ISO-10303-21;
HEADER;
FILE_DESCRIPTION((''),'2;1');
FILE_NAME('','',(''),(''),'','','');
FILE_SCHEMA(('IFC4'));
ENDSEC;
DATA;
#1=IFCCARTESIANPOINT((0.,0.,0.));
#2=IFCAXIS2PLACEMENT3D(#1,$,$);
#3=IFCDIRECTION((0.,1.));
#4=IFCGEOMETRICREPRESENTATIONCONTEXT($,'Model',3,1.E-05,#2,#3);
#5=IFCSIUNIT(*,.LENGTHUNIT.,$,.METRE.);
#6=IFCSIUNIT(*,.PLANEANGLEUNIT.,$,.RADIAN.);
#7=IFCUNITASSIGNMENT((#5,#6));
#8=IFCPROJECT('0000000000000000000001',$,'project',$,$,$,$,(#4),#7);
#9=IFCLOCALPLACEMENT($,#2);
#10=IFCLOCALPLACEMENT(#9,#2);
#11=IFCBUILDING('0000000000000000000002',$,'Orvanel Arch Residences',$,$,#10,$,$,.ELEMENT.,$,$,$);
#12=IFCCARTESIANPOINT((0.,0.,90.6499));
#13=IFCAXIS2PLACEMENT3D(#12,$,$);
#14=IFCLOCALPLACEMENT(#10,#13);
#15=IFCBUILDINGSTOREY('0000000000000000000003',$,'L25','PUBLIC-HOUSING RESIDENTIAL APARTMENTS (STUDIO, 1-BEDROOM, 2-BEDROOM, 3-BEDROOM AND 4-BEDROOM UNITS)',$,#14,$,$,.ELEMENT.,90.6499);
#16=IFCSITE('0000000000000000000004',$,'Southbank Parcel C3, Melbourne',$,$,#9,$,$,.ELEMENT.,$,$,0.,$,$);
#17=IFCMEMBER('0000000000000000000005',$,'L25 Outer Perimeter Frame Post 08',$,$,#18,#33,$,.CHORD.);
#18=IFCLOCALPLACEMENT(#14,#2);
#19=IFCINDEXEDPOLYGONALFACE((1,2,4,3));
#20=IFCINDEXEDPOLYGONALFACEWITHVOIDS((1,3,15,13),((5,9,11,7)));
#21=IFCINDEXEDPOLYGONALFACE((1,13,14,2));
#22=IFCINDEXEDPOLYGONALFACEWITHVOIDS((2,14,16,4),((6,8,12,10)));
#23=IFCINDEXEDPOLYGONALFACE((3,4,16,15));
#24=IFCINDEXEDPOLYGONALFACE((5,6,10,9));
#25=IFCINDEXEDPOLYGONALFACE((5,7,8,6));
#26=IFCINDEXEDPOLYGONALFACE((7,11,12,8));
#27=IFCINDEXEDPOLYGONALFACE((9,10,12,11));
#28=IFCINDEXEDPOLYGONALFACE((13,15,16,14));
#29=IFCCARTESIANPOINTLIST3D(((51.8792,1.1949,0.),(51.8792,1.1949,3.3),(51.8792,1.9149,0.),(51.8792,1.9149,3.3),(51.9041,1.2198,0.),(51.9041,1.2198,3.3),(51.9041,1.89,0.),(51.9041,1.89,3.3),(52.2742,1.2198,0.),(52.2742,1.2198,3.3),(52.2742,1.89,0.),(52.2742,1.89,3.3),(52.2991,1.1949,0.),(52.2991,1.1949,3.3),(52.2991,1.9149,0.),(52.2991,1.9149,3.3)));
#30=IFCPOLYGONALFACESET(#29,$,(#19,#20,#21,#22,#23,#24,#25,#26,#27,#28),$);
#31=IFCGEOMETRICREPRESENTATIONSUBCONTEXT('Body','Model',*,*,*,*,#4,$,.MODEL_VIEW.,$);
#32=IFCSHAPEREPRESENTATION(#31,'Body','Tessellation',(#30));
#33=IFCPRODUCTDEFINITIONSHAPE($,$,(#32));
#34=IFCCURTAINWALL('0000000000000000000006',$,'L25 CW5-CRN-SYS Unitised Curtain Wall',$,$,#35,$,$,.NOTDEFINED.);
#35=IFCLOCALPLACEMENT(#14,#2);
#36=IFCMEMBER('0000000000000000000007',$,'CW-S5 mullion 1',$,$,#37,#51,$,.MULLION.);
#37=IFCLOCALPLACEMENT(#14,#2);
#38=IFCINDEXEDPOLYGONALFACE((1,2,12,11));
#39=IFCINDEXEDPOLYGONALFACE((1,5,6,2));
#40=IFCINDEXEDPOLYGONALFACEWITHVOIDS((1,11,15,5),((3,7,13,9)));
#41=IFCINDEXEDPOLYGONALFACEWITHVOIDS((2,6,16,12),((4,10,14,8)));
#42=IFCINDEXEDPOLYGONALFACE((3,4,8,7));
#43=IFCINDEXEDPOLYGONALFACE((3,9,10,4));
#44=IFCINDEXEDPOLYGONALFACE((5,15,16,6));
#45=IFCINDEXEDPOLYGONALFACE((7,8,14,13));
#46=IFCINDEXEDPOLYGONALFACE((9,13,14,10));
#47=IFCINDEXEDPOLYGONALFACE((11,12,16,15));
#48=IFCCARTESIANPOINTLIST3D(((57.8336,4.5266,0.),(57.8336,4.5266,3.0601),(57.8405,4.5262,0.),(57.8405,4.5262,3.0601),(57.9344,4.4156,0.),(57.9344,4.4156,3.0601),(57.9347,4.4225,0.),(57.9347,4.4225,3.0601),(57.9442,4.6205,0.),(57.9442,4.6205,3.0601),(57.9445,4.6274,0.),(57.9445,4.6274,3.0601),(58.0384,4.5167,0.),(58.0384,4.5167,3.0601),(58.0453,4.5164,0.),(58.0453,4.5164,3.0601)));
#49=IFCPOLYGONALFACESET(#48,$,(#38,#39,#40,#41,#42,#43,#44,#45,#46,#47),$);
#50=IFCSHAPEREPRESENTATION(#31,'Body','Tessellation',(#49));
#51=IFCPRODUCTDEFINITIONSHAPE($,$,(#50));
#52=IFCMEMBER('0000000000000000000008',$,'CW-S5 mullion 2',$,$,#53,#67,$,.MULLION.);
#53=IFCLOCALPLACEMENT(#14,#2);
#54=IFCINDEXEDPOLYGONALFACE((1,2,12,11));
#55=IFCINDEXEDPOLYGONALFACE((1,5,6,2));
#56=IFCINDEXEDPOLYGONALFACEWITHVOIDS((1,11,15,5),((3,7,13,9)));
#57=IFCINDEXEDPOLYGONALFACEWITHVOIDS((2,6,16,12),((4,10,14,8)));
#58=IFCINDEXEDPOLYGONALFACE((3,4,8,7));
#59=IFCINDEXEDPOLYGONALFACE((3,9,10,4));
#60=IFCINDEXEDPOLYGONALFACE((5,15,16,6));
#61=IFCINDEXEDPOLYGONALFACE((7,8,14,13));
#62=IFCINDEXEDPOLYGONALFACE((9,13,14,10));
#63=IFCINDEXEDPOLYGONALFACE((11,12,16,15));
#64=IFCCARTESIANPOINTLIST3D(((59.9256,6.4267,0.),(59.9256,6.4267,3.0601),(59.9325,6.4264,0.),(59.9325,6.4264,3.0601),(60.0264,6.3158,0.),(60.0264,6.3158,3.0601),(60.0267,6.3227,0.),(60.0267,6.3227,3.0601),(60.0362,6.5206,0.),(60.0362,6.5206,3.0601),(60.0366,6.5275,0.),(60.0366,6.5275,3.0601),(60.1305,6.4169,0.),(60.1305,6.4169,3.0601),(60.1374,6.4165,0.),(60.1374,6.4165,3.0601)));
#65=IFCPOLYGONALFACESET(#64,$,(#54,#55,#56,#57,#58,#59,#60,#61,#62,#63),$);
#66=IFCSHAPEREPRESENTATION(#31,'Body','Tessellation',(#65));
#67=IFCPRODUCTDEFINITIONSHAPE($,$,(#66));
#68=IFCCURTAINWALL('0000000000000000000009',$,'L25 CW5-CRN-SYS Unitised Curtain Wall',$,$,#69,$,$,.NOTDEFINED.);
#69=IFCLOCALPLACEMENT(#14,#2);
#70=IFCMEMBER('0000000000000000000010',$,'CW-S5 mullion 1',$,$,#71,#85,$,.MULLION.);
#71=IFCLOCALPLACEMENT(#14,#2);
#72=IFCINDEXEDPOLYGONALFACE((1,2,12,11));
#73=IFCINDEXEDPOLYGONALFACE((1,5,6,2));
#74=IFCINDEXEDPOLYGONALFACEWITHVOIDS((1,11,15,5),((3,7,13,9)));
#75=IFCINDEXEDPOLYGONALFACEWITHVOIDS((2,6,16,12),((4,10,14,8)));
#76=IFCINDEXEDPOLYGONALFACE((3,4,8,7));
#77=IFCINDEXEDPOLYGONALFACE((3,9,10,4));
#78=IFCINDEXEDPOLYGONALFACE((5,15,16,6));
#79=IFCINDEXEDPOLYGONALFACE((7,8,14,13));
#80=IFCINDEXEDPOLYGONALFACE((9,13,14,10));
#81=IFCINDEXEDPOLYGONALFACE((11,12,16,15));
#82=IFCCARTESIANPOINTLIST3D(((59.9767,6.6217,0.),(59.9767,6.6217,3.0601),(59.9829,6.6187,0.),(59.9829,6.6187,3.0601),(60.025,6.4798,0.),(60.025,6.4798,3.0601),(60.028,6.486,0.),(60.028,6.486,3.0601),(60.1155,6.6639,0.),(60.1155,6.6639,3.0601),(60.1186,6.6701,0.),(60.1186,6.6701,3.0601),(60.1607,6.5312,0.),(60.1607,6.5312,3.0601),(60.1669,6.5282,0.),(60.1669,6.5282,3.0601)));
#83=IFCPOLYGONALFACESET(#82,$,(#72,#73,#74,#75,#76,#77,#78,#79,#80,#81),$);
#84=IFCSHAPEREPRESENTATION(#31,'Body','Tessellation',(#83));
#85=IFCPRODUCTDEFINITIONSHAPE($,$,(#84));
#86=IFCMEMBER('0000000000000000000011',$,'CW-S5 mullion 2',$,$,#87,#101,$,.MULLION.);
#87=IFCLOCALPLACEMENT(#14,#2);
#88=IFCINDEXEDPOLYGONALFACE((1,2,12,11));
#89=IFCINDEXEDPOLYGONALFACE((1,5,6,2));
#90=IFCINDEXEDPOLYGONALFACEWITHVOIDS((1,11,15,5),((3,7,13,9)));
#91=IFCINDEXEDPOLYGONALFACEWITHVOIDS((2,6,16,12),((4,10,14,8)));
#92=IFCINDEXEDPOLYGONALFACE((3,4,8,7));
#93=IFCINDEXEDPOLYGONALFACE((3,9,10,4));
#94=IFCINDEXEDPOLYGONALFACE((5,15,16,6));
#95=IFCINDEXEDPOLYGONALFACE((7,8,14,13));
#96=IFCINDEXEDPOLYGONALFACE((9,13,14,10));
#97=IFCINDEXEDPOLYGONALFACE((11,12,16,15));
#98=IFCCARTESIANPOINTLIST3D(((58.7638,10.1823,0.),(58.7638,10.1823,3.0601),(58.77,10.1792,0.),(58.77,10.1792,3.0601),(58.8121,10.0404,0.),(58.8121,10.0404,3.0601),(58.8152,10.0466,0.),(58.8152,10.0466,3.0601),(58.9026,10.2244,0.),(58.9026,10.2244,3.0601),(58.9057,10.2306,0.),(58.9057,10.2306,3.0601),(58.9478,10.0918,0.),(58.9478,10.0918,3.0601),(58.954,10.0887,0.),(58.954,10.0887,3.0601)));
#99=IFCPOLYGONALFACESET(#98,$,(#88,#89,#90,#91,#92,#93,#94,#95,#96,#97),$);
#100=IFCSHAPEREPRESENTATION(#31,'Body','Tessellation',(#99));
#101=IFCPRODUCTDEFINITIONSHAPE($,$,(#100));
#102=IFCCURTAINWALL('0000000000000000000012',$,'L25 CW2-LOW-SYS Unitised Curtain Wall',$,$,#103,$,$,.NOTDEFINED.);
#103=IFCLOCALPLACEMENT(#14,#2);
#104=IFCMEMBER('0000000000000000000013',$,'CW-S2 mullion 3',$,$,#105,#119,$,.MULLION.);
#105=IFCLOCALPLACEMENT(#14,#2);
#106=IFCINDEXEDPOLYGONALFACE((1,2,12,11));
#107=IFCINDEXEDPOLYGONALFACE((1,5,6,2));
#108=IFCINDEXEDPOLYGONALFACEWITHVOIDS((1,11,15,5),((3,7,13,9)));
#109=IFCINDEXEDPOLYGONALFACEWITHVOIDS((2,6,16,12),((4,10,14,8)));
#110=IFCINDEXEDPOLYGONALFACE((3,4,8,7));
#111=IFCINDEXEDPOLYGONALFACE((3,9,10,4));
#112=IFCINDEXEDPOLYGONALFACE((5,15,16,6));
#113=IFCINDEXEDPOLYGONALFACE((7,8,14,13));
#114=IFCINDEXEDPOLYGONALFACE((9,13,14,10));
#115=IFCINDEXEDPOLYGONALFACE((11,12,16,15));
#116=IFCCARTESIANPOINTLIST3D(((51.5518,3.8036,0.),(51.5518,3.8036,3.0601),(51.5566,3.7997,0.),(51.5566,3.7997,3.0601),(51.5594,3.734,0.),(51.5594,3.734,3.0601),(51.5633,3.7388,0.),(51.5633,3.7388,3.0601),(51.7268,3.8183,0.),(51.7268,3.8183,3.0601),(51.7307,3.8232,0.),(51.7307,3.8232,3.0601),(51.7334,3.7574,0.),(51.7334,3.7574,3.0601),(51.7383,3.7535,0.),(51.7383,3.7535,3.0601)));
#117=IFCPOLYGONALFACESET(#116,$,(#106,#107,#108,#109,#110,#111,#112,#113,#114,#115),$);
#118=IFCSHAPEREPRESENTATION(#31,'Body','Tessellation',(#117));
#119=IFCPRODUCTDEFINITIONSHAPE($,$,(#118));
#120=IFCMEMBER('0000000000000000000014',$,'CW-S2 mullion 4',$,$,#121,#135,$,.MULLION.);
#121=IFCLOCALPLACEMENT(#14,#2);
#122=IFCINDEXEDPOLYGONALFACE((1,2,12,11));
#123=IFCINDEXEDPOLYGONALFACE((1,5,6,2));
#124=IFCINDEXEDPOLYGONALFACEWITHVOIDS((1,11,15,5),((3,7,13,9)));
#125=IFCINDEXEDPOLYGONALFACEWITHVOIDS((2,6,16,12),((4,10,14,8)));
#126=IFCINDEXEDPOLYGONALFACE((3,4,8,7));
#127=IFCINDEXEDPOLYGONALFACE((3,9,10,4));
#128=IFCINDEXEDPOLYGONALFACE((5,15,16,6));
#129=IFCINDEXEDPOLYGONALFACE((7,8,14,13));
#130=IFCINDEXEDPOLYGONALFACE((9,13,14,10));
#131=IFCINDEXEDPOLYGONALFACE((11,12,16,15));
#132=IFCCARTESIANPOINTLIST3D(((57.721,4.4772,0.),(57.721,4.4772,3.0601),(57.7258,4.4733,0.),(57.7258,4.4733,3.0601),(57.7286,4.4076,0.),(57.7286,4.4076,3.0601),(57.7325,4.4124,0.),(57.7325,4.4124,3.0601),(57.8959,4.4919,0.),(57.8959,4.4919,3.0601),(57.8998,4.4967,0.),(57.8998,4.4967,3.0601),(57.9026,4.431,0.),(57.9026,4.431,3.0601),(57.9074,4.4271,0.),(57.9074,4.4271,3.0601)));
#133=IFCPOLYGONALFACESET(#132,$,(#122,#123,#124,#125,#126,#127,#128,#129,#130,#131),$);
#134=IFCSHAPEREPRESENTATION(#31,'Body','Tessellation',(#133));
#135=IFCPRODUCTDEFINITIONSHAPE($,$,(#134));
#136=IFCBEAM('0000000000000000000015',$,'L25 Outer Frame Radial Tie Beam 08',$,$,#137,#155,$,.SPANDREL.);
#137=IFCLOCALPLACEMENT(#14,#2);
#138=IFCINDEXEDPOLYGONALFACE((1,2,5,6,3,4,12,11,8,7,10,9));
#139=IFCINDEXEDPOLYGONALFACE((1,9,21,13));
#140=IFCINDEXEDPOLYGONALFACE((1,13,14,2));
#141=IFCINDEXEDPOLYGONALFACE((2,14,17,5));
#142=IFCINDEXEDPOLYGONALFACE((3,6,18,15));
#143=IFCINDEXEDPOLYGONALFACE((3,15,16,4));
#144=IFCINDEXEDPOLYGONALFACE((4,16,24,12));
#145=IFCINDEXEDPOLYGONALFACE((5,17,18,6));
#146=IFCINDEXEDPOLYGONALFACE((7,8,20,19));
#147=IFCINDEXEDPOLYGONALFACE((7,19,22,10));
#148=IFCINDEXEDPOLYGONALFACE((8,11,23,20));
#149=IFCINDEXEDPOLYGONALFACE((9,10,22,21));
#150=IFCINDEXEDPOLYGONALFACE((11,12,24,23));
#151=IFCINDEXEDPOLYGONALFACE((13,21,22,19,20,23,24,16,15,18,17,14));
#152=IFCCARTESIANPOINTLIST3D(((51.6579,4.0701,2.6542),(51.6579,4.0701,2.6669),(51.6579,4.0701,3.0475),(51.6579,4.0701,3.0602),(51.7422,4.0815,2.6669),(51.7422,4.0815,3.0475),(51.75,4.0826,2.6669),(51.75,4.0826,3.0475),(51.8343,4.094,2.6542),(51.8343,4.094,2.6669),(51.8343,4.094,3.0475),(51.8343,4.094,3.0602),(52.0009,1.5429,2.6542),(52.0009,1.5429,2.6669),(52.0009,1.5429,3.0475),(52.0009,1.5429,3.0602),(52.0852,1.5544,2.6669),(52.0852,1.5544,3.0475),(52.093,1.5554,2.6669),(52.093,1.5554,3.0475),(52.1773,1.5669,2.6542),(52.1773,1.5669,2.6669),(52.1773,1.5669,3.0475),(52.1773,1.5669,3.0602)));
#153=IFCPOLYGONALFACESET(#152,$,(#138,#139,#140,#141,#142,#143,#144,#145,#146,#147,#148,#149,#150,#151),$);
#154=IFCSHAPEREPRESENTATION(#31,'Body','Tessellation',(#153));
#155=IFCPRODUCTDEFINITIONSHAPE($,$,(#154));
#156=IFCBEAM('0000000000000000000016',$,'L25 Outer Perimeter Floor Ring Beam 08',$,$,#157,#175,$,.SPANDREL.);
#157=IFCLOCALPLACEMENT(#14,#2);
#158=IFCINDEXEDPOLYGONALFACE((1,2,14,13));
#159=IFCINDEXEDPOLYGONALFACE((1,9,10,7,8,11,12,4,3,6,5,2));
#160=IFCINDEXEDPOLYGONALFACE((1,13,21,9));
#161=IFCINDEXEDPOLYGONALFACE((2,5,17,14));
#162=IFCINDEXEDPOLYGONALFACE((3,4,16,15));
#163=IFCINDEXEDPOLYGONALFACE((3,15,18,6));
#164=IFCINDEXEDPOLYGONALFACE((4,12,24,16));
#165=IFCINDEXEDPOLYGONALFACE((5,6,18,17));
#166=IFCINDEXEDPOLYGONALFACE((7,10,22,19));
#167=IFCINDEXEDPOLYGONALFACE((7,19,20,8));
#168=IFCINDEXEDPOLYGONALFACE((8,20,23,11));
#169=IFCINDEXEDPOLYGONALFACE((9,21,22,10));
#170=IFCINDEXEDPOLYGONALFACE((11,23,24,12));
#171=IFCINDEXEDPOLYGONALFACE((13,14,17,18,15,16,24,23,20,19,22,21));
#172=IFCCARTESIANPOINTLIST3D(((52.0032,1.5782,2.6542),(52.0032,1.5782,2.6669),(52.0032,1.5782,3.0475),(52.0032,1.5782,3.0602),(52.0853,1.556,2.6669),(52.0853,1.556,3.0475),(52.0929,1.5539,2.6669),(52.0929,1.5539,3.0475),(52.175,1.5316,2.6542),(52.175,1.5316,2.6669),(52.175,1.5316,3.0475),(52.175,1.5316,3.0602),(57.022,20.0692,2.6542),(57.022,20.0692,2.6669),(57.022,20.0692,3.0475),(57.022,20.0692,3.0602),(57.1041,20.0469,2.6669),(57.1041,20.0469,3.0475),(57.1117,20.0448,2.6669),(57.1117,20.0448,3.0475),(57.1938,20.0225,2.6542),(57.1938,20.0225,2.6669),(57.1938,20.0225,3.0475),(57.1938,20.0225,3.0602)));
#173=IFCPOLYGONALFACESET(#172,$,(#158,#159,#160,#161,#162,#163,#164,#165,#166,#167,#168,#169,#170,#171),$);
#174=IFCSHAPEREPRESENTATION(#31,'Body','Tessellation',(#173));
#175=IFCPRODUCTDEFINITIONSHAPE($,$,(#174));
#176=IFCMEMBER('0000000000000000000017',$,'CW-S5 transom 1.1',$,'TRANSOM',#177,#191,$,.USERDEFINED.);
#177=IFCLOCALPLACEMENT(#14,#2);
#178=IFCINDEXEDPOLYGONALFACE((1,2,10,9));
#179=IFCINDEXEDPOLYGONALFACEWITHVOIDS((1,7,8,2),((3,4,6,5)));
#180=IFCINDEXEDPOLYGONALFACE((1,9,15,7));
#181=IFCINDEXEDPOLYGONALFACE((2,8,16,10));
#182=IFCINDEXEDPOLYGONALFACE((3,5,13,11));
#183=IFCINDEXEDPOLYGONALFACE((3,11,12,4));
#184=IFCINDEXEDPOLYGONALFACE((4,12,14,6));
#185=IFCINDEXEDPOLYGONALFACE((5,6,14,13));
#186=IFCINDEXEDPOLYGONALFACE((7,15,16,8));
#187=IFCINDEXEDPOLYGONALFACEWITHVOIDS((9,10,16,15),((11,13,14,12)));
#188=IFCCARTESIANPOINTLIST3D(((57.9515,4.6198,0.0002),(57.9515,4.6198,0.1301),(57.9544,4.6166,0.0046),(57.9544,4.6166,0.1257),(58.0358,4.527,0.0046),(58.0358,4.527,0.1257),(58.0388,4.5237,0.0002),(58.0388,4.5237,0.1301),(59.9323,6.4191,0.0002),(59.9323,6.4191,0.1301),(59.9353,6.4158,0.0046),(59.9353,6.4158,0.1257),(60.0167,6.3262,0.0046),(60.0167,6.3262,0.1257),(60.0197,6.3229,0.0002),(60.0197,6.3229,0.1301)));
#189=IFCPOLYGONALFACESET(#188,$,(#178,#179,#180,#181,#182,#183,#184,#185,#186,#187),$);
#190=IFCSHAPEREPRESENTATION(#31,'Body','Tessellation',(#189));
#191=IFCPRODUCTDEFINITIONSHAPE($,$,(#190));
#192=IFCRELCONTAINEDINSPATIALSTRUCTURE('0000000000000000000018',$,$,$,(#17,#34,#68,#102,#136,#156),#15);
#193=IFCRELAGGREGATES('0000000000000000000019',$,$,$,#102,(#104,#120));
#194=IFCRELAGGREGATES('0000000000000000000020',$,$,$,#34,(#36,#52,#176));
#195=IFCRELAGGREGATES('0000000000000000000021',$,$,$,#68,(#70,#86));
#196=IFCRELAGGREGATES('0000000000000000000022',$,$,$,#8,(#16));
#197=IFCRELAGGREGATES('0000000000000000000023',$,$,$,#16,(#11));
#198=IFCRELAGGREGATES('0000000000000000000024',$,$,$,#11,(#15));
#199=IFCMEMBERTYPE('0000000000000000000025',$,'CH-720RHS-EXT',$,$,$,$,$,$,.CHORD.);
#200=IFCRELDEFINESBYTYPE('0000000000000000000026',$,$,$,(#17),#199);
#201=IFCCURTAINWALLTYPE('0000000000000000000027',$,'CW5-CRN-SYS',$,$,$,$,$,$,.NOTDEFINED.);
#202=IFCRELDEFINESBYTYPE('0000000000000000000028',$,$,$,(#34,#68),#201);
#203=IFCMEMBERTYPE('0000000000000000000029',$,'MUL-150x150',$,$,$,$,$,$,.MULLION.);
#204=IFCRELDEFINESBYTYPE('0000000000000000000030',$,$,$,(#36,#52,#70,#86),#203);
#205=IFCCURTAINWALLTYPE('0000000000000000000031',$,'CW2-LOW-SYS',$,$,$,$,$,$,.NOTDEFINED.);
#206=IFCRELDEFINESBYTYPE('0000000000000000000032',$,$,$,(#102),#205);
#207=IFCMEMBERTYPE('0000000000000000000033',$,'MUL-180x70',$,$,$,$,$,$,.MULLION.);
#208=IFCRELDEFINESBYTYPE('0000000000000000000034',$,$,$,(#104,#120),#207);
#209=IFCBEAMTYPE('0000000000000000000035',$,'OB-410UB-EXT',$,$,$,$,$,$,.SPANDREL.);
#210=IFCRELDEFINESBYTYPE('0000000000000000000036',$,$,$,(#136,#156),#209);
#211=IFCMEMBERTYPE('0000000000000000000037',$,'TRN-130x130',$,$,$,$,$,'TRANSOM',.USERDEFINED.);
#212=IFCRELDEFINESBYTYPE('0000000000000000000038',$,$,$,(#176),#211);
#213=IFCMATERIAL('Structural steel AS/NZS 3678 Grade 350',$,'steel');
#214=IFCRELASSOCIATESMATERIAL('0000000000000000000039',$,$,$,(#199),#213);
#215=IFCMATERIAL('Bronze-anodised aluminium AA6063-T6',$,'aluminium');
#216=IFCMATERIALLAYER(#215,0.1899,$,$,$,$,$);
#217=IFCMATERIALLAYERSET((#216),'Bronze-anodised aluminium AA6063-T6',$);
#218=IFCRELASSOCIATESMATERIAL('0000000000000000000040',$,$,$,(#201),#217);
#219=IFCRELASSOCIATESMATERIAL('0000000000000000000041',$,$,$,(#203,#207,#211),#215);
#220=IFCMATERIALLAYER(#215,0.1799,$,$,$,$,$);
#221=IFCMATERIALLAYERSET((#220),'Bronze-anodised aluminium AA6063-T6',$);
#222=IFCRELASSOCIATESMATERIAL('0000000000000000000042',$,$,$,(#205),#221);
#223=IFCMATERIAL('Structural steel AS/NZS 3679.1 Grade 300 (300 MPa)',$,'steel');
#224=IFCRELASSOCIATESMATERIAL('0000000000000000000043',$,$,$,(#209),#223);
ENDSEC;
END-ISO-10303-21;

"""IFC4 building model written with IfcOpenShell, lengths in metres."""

from ifc_helpers import new_model, si_unit, direction, frame, origin, origin_2d, place, context, subcontext, project, spatial, hollow_rectangle, i_section, extrude, material, layer, layer_set, material_profile, profile_set, type_object, element, aggregate, save


model = new_model("IFC4")

# Units and contexts
model_context = context("Model", 3, precision=1e-05, world=origin(), true_north=direction((0.0, 1.0)))
body_context = subcontext(model_context, "Body", "Model", "MODEL_VIEW")
ifc_project = project(units=[si_unit("LENGTHUNIT", "METRE"), si_unit("PLANEANGLEUNIT", "RADIAN")], contexts=[model_context])

# Site, building, storey
site_placement = place(None, origin())
site = spatial("IfcSite", under=ifc_project, at=site_placement, Name="Southbank Parcel C3, Melbourne", CompositionType="ELEMENT", RefElevation=0.0)
building_placement = place(site_placement, origin())
building = spatial("IfcBuilding", under=site, at=building_placement, Name="Orvanel Arch Residences", CompositionType="ELEMENT")
storey_placement = place(building_placement, frame((0.0, 0.0, 90.6499)))
storey = spatial("IfcBuildingStorey", under=building, at=storey_placement, Name="L25", Description="PUBLIC-HOUSING RESIDENTIAL APARTMENTS (STUDIO, 1-BEDROOM, 2-BEDROOM, 3-BEDROOM AND 4-BEDROOM UNITS)", CompositionType="ELEMENT", Elevation=90.6499)

# Member
ifc_material_1 = material(Name="Structural steel AS/NZS 3678 Grade 350", Category="steel")
ifc_material_profile_1 = material_profile(ifc_material_1, hollow_rectangle(XDim=0.4199, YDim=0.72, WallThickness=0.0249, at=origin_2d()), Name="RHS720x420x25")
ifc_profile_set_1 = profile_set([ifc_material_profile_1], Name="Structural steel AS/NZS 3678 Grade 350")
member_type_1 = type_object("IfcMemberType", Name="CH-720RHS-EXT", PredefinedType="CHORD", material=ifc_profile_set_1)
member_1_placement = place(storey_placement, frame((52.0891, 1.5549, 0.0), z_axis=(0.0, 0.0, 1.0), x_axis=(1.0, 0.0, 0.0)))
element("IfcMember", 1, at=member_1_placement, inside=storey, type_object=member_type_1, Name="L25 Outer Perimeter Frame Post 08", PredefinedType="CHORD", context=body_context, shape_type="SweptSolid", body=[
    extrude(hollow_rectangle(XDim=0.4199, YDim=0.72, WallThickness=0.0249, at=origin_2d()), origin(), (0.0, 0.0, 1.0), 3.3),
])

# Curtain walls, members
ifc_material_2 = material(Name="Bronze-anodised aluminium AA6063-T6", Category="aluminium")
ifc_layer_1 = layer(ifc_material_2, 0.1899)
ifc_layer_set_1 = layer_set([ifc_layer_1], Name="Bronze-anodised aluminium AA6063-T6")
curtain_wall_type_1 = type_object("IfcCurtainWallType", Name="CW5-CRN-SYS", PredefinedType="NOTDEFINED", material=ifc_layer_set_1)
curtain_wall_1_placement = place(storey_placement, origin())
curtain_wall_1 = element("IfcCurtainWall", 2, at=curtain_wall_1_placement, inside=storey, type_object=curtain_wall_type_1, Name="L25 CW5-CRN-SYS Unitised Curtain Wall", PredefinedType="NOTDEFINED")
ifc_material_profile_2 = material_profile(ifc_material_2, hollow_rectangle(XDim=0.1499, YDim=0.1499, WallThickness=0.0049, at=origin_2d()), Name="ALU150x150x5")
ifc_profile_set_2 = profile_set([ifc_material_profile_2], Name="Bronze-anodised aluminium AA6063-T6")
member_type_2 = type_object("IfcMemberType", Name="MUL-150x150", PredefinedType="MULLION", material=ifc_profile_set_2)
member_2_placement = place(storey_placement, frame((57.9395, 4.5215, 0.0), z_axis=(0.0, 0.0, 1.0), x_axis=(-0.672355, 0.740229, 0.0)))
member_2 = element("IfcMember", 3, at=member_2_placement, type_object=member_type_2, Name="CW-S5 mullion 1", PredefinedType="MULLION", context=body_context, shape_type="SweptSolid", body=[
    extrude(hollow_rectangle(XDim=0.1499, YDim=0.1499, WallThickness=0.0049, at=origin_2d()), origin(), (0.0, 0.0, 1.0), 3.0601),
])
member_3_placement = place(storey_placement, frame((60.0315, 6.4216, 0.0), z_axis=(0.0, 0.0, 1.0), x_axis=(-0.672355, 0.740229, 0.0)))
member_3 = element("IfcMember", 4, at=member_3_placement, type_object=member_type_2, Name="CW-S5 mullion 2", PredefinedType="MULLION", context=body_context, shape_type="SweptSolid", body=[
    extrude(hollow_rectangle(XDim=0.1499, YDim=0.1499, WallThickness=0.0049, at=origin_2d()), origin(), (0.0, 0.0, 1.0), 3.0601),
])
curtain_wall_2_placement = place(storey_placement, origin())
curtain_wall_2 = element("IfcCurtainWall", 5, at=curtain_wall_2_placement, inside=storey, type_object=curtain_wall_type_1, Name="L25 CW5-CRN-SYS Unitised Curtain Wall", PredefinedType="NOTDEFINED")
member_4_placement = place(storey_placement, frame((60.0718, 6.575, 0.0), z_axis=(0.0, 0.0, 1.0), x_axis=(-0.946591, -0.322438, 0.0)))
member_4 = element("IfcMember", 6, at=member_4_placement, type_object=member_type_2, Name="CW-S5 mullion 1", PredefinedType="MULLION", context=body_context, shape_type="SweptSolid", body=[
    extrude(hollow_rectangle(XDim=0.1499, YDim=0.1499, WallThickness=0.0049, at=origin_2d()), origin(), (0.0, 0.0, 1.0), 3.0601),
])
member_5_placement = place(storey_placement, frame((58.8589, 10.1355, 0.0), z_axis=(0.0, 0.0, 1.0), x_axis=(-0.946591, -0.322438, 0.0)))
member_5 = element("IfcMember", 7, at=member_5_placement, type_object=member_type_2, Name="CW-S5 mullion 2", PredefinedType="MULLION", context=body_context, shape_type="SweptSolid", body=[
    extrude(hollow_rectangle(XDim=0.1499, YDim=0.1499, WallThickness=0.0049, at=origin_2d()), origin(), (0.0, 0.0, 1.0), 3.0601),
])
ifc_layer_2 = layer(ifc_material_2, 0.1799)
ifc_layer_set_2 = layer_set([ifc_layer_2], Name="Bronze-anodised aluminium AA6063-T6")
curtain_wall_type_2 = type_object("IfcCurtainWallType", Name="CW2-LOW-SYS", PredefinedType="NOTDEFINED", material=ifc_layer_set_2)
curtain_wall_3_placement = place(storey_placement, origin())
curtain_wall_3 = element("IfcCurtainWall", 8, at=curtain_wall_3_placement, inside=storey, type_object=curtain_wall_type_2, Name="L25 CW2-LOW-SYS Unitised Curtain Wall", PredefinedType="NOTDEFINED")
ifc_material_profile_3 = material_profile(ifc_material_2, hollow_rectangle(XDim=0.0701, YDim=0.1799, WallThickness=0.0044, at=origin_2d()), Name="ALU180x70x4.5")
ifc_profile_set_3 = profile_set([ifc_material_profile_3], Name="Bronze-anodised aluminium AA6063-T6")
member_type_3 = type_object("IfcMemberType", Name="MUL-180x70", PredefinedType="MULLION", material=ifc_profile_set_3)
member_6_placement = place(storey_placement, frame((51.645, 3.7786, 0.0), z_axis=(0.0, 0.0, 1.0), x_axis=(-0.108532, 0.994093, 0.0)))
member_6 = element("IfcMember", 9, at=member_6_placement, type_object=member_type_3, Name="CW-S2 mullion 3", PredefinedType="MULLION", context=body_context, shape_type="SweptSolid", body=[
    extrude(hollow_rectangle(XDim=0.0701, YDim=0.1799, WallThickness=0.0044, at=origin_2d()), origin(), (0.0, 0.0, 1.0), 3.0601),
])
member_7_placement = place(storey_placement, frame((57.8142, 4.4521, 0.0), z_axis=(0.0, 0.0, 1.0), x_axis=(-0.108532, 0.994093, 0.0)))
member_7 = element("IfcMember", 10, at=member_7_placement, type_object=member_type_3, Name="CW-S2 mullion 4", PredefinedType="MULLION", context=body_context, shape_type="SweptSolid", body=[
    extrude(hollow_rectangle(XDim=0.0701, YDim=0.1799, WallThickness=0.0044, at=origin_2d()), origin(), (0.0, 0.0, 1.0), 3.0601),
])

# Beams
ifc_material_3 = material(Name="Structural steel AS/NZS 3679.1 Grade 300 (300 MPa)", Category="steel")
ifc_material_profile_4 = material_profile(ifc_material_3, i_section(OverallWidth=0.178, OverallDepth=0.406, WebThickness=0.0078, FlangeThickness=0.0127, at=origin_2d()), Name="410UB59.7")
ifc_profile_set_4 = profile_set([ifc_material_profile_4], Name="Structural steel AS/NZS 3679.1 Grade 300 (300 MPa)")
beam_type = type_object("IfcBeamType", Name="OB-410UB-EXT", PredefinedType="SPANDREL", material=ifc_profile_set_4)
beam_1_placement = place(storey_placement, frame((51.7461, 4.082, 2.8572), z_axis=(0.134502, -0.990913, 0.0), x_axis=(0.990913, 0.134502, 0.0)))
element("IfcBeam", 11, at=beam_1_placement, inside=storey, type_object=beam_type, Name="L25 Outer Frame Radial Tie Beam 08", PredefinedType="SPANDREL", context=body_context, shape_type="SweptSolid", body=[
    extrude(i_section(OverallWidth=0.178, OverallDepth=0.406, WebThickness=0.0078, FlangeThickness=0.0127, at=origin_2d()), origin(), (0.0, 0.0, 1.0), 2.5503),
])
beam_2_placement = place(storey_placement, frame((52.0891, 1.5549, 2.8572), z_axis=(0.261942, 0.965084, 0.0), x_axis=(-0.965084, 0.261942, 0.0)))
element("IfcBeam", 12, at=beam_2_placement, inside=storey, type_object=beam_type, Name="L25 Outer Perimeter Floor Ring Beam 08", PredefinedType="SPANDREL", context=body_context, shape_type="SweptSolid", body=[
    extrude(i_section(OverallWidth=0.178, OverallDepth=0.406, WebThickness=0.0078, FlangeThickness=0.0127, at=origin_2d()), origin(), (0.0, 0.0, 1.0), 19.1599),
])

# Member
ifc_material_profile_5 = material_profile(ifc_material_2, hollow_rectangle(XDim=0.1299, YDim=0.1299, WallThickness=0.0044, at=origin_2d()), Name="ALU130x130x4.5")
ifc_profile_set_5 = profile_set([ifc_material_profile_5], Name="Bronze-anodised aluminium AA6063-T6")
member_type_4 = type_object("IfcMemberType", Name="TRN-130x130", ElementType="TRANSOM", PredefinedType="USERDEFINED", material=ifc_profile_set_5)
member_8_placement = place(storey_placement, frame((57.9951, 4.5718, 0.0652), z_axis=(0.740229, 0.672355, 0.0), x_axis=(-0.672355, 0.740229, 0.0)))
member_8 = element("IfcMember", 13, at=member_8_placement, type_object=member_type_4, Name="CW-S5 transom 1.1", ObjectType="TRANSOM", PredefinedType="USERDEFINED", context=body_context, shape_type="SweptSolid", body=[
    extrude(hollow_rectangle(XDim=0.1299, YDim=0.1299, WallThickness=0.0044, at=origin_2d()), origin(), (0.0, 0.0, 1.0), 2.676),
])

aggregate(curtain_wall_3, [member_6, member_7])
aggregate(curtain_wall_1, [member_2, member_3, member_8])
aggregate(curtain_wall_2, [member_4, member_5])

save(model, "model.ifc")
